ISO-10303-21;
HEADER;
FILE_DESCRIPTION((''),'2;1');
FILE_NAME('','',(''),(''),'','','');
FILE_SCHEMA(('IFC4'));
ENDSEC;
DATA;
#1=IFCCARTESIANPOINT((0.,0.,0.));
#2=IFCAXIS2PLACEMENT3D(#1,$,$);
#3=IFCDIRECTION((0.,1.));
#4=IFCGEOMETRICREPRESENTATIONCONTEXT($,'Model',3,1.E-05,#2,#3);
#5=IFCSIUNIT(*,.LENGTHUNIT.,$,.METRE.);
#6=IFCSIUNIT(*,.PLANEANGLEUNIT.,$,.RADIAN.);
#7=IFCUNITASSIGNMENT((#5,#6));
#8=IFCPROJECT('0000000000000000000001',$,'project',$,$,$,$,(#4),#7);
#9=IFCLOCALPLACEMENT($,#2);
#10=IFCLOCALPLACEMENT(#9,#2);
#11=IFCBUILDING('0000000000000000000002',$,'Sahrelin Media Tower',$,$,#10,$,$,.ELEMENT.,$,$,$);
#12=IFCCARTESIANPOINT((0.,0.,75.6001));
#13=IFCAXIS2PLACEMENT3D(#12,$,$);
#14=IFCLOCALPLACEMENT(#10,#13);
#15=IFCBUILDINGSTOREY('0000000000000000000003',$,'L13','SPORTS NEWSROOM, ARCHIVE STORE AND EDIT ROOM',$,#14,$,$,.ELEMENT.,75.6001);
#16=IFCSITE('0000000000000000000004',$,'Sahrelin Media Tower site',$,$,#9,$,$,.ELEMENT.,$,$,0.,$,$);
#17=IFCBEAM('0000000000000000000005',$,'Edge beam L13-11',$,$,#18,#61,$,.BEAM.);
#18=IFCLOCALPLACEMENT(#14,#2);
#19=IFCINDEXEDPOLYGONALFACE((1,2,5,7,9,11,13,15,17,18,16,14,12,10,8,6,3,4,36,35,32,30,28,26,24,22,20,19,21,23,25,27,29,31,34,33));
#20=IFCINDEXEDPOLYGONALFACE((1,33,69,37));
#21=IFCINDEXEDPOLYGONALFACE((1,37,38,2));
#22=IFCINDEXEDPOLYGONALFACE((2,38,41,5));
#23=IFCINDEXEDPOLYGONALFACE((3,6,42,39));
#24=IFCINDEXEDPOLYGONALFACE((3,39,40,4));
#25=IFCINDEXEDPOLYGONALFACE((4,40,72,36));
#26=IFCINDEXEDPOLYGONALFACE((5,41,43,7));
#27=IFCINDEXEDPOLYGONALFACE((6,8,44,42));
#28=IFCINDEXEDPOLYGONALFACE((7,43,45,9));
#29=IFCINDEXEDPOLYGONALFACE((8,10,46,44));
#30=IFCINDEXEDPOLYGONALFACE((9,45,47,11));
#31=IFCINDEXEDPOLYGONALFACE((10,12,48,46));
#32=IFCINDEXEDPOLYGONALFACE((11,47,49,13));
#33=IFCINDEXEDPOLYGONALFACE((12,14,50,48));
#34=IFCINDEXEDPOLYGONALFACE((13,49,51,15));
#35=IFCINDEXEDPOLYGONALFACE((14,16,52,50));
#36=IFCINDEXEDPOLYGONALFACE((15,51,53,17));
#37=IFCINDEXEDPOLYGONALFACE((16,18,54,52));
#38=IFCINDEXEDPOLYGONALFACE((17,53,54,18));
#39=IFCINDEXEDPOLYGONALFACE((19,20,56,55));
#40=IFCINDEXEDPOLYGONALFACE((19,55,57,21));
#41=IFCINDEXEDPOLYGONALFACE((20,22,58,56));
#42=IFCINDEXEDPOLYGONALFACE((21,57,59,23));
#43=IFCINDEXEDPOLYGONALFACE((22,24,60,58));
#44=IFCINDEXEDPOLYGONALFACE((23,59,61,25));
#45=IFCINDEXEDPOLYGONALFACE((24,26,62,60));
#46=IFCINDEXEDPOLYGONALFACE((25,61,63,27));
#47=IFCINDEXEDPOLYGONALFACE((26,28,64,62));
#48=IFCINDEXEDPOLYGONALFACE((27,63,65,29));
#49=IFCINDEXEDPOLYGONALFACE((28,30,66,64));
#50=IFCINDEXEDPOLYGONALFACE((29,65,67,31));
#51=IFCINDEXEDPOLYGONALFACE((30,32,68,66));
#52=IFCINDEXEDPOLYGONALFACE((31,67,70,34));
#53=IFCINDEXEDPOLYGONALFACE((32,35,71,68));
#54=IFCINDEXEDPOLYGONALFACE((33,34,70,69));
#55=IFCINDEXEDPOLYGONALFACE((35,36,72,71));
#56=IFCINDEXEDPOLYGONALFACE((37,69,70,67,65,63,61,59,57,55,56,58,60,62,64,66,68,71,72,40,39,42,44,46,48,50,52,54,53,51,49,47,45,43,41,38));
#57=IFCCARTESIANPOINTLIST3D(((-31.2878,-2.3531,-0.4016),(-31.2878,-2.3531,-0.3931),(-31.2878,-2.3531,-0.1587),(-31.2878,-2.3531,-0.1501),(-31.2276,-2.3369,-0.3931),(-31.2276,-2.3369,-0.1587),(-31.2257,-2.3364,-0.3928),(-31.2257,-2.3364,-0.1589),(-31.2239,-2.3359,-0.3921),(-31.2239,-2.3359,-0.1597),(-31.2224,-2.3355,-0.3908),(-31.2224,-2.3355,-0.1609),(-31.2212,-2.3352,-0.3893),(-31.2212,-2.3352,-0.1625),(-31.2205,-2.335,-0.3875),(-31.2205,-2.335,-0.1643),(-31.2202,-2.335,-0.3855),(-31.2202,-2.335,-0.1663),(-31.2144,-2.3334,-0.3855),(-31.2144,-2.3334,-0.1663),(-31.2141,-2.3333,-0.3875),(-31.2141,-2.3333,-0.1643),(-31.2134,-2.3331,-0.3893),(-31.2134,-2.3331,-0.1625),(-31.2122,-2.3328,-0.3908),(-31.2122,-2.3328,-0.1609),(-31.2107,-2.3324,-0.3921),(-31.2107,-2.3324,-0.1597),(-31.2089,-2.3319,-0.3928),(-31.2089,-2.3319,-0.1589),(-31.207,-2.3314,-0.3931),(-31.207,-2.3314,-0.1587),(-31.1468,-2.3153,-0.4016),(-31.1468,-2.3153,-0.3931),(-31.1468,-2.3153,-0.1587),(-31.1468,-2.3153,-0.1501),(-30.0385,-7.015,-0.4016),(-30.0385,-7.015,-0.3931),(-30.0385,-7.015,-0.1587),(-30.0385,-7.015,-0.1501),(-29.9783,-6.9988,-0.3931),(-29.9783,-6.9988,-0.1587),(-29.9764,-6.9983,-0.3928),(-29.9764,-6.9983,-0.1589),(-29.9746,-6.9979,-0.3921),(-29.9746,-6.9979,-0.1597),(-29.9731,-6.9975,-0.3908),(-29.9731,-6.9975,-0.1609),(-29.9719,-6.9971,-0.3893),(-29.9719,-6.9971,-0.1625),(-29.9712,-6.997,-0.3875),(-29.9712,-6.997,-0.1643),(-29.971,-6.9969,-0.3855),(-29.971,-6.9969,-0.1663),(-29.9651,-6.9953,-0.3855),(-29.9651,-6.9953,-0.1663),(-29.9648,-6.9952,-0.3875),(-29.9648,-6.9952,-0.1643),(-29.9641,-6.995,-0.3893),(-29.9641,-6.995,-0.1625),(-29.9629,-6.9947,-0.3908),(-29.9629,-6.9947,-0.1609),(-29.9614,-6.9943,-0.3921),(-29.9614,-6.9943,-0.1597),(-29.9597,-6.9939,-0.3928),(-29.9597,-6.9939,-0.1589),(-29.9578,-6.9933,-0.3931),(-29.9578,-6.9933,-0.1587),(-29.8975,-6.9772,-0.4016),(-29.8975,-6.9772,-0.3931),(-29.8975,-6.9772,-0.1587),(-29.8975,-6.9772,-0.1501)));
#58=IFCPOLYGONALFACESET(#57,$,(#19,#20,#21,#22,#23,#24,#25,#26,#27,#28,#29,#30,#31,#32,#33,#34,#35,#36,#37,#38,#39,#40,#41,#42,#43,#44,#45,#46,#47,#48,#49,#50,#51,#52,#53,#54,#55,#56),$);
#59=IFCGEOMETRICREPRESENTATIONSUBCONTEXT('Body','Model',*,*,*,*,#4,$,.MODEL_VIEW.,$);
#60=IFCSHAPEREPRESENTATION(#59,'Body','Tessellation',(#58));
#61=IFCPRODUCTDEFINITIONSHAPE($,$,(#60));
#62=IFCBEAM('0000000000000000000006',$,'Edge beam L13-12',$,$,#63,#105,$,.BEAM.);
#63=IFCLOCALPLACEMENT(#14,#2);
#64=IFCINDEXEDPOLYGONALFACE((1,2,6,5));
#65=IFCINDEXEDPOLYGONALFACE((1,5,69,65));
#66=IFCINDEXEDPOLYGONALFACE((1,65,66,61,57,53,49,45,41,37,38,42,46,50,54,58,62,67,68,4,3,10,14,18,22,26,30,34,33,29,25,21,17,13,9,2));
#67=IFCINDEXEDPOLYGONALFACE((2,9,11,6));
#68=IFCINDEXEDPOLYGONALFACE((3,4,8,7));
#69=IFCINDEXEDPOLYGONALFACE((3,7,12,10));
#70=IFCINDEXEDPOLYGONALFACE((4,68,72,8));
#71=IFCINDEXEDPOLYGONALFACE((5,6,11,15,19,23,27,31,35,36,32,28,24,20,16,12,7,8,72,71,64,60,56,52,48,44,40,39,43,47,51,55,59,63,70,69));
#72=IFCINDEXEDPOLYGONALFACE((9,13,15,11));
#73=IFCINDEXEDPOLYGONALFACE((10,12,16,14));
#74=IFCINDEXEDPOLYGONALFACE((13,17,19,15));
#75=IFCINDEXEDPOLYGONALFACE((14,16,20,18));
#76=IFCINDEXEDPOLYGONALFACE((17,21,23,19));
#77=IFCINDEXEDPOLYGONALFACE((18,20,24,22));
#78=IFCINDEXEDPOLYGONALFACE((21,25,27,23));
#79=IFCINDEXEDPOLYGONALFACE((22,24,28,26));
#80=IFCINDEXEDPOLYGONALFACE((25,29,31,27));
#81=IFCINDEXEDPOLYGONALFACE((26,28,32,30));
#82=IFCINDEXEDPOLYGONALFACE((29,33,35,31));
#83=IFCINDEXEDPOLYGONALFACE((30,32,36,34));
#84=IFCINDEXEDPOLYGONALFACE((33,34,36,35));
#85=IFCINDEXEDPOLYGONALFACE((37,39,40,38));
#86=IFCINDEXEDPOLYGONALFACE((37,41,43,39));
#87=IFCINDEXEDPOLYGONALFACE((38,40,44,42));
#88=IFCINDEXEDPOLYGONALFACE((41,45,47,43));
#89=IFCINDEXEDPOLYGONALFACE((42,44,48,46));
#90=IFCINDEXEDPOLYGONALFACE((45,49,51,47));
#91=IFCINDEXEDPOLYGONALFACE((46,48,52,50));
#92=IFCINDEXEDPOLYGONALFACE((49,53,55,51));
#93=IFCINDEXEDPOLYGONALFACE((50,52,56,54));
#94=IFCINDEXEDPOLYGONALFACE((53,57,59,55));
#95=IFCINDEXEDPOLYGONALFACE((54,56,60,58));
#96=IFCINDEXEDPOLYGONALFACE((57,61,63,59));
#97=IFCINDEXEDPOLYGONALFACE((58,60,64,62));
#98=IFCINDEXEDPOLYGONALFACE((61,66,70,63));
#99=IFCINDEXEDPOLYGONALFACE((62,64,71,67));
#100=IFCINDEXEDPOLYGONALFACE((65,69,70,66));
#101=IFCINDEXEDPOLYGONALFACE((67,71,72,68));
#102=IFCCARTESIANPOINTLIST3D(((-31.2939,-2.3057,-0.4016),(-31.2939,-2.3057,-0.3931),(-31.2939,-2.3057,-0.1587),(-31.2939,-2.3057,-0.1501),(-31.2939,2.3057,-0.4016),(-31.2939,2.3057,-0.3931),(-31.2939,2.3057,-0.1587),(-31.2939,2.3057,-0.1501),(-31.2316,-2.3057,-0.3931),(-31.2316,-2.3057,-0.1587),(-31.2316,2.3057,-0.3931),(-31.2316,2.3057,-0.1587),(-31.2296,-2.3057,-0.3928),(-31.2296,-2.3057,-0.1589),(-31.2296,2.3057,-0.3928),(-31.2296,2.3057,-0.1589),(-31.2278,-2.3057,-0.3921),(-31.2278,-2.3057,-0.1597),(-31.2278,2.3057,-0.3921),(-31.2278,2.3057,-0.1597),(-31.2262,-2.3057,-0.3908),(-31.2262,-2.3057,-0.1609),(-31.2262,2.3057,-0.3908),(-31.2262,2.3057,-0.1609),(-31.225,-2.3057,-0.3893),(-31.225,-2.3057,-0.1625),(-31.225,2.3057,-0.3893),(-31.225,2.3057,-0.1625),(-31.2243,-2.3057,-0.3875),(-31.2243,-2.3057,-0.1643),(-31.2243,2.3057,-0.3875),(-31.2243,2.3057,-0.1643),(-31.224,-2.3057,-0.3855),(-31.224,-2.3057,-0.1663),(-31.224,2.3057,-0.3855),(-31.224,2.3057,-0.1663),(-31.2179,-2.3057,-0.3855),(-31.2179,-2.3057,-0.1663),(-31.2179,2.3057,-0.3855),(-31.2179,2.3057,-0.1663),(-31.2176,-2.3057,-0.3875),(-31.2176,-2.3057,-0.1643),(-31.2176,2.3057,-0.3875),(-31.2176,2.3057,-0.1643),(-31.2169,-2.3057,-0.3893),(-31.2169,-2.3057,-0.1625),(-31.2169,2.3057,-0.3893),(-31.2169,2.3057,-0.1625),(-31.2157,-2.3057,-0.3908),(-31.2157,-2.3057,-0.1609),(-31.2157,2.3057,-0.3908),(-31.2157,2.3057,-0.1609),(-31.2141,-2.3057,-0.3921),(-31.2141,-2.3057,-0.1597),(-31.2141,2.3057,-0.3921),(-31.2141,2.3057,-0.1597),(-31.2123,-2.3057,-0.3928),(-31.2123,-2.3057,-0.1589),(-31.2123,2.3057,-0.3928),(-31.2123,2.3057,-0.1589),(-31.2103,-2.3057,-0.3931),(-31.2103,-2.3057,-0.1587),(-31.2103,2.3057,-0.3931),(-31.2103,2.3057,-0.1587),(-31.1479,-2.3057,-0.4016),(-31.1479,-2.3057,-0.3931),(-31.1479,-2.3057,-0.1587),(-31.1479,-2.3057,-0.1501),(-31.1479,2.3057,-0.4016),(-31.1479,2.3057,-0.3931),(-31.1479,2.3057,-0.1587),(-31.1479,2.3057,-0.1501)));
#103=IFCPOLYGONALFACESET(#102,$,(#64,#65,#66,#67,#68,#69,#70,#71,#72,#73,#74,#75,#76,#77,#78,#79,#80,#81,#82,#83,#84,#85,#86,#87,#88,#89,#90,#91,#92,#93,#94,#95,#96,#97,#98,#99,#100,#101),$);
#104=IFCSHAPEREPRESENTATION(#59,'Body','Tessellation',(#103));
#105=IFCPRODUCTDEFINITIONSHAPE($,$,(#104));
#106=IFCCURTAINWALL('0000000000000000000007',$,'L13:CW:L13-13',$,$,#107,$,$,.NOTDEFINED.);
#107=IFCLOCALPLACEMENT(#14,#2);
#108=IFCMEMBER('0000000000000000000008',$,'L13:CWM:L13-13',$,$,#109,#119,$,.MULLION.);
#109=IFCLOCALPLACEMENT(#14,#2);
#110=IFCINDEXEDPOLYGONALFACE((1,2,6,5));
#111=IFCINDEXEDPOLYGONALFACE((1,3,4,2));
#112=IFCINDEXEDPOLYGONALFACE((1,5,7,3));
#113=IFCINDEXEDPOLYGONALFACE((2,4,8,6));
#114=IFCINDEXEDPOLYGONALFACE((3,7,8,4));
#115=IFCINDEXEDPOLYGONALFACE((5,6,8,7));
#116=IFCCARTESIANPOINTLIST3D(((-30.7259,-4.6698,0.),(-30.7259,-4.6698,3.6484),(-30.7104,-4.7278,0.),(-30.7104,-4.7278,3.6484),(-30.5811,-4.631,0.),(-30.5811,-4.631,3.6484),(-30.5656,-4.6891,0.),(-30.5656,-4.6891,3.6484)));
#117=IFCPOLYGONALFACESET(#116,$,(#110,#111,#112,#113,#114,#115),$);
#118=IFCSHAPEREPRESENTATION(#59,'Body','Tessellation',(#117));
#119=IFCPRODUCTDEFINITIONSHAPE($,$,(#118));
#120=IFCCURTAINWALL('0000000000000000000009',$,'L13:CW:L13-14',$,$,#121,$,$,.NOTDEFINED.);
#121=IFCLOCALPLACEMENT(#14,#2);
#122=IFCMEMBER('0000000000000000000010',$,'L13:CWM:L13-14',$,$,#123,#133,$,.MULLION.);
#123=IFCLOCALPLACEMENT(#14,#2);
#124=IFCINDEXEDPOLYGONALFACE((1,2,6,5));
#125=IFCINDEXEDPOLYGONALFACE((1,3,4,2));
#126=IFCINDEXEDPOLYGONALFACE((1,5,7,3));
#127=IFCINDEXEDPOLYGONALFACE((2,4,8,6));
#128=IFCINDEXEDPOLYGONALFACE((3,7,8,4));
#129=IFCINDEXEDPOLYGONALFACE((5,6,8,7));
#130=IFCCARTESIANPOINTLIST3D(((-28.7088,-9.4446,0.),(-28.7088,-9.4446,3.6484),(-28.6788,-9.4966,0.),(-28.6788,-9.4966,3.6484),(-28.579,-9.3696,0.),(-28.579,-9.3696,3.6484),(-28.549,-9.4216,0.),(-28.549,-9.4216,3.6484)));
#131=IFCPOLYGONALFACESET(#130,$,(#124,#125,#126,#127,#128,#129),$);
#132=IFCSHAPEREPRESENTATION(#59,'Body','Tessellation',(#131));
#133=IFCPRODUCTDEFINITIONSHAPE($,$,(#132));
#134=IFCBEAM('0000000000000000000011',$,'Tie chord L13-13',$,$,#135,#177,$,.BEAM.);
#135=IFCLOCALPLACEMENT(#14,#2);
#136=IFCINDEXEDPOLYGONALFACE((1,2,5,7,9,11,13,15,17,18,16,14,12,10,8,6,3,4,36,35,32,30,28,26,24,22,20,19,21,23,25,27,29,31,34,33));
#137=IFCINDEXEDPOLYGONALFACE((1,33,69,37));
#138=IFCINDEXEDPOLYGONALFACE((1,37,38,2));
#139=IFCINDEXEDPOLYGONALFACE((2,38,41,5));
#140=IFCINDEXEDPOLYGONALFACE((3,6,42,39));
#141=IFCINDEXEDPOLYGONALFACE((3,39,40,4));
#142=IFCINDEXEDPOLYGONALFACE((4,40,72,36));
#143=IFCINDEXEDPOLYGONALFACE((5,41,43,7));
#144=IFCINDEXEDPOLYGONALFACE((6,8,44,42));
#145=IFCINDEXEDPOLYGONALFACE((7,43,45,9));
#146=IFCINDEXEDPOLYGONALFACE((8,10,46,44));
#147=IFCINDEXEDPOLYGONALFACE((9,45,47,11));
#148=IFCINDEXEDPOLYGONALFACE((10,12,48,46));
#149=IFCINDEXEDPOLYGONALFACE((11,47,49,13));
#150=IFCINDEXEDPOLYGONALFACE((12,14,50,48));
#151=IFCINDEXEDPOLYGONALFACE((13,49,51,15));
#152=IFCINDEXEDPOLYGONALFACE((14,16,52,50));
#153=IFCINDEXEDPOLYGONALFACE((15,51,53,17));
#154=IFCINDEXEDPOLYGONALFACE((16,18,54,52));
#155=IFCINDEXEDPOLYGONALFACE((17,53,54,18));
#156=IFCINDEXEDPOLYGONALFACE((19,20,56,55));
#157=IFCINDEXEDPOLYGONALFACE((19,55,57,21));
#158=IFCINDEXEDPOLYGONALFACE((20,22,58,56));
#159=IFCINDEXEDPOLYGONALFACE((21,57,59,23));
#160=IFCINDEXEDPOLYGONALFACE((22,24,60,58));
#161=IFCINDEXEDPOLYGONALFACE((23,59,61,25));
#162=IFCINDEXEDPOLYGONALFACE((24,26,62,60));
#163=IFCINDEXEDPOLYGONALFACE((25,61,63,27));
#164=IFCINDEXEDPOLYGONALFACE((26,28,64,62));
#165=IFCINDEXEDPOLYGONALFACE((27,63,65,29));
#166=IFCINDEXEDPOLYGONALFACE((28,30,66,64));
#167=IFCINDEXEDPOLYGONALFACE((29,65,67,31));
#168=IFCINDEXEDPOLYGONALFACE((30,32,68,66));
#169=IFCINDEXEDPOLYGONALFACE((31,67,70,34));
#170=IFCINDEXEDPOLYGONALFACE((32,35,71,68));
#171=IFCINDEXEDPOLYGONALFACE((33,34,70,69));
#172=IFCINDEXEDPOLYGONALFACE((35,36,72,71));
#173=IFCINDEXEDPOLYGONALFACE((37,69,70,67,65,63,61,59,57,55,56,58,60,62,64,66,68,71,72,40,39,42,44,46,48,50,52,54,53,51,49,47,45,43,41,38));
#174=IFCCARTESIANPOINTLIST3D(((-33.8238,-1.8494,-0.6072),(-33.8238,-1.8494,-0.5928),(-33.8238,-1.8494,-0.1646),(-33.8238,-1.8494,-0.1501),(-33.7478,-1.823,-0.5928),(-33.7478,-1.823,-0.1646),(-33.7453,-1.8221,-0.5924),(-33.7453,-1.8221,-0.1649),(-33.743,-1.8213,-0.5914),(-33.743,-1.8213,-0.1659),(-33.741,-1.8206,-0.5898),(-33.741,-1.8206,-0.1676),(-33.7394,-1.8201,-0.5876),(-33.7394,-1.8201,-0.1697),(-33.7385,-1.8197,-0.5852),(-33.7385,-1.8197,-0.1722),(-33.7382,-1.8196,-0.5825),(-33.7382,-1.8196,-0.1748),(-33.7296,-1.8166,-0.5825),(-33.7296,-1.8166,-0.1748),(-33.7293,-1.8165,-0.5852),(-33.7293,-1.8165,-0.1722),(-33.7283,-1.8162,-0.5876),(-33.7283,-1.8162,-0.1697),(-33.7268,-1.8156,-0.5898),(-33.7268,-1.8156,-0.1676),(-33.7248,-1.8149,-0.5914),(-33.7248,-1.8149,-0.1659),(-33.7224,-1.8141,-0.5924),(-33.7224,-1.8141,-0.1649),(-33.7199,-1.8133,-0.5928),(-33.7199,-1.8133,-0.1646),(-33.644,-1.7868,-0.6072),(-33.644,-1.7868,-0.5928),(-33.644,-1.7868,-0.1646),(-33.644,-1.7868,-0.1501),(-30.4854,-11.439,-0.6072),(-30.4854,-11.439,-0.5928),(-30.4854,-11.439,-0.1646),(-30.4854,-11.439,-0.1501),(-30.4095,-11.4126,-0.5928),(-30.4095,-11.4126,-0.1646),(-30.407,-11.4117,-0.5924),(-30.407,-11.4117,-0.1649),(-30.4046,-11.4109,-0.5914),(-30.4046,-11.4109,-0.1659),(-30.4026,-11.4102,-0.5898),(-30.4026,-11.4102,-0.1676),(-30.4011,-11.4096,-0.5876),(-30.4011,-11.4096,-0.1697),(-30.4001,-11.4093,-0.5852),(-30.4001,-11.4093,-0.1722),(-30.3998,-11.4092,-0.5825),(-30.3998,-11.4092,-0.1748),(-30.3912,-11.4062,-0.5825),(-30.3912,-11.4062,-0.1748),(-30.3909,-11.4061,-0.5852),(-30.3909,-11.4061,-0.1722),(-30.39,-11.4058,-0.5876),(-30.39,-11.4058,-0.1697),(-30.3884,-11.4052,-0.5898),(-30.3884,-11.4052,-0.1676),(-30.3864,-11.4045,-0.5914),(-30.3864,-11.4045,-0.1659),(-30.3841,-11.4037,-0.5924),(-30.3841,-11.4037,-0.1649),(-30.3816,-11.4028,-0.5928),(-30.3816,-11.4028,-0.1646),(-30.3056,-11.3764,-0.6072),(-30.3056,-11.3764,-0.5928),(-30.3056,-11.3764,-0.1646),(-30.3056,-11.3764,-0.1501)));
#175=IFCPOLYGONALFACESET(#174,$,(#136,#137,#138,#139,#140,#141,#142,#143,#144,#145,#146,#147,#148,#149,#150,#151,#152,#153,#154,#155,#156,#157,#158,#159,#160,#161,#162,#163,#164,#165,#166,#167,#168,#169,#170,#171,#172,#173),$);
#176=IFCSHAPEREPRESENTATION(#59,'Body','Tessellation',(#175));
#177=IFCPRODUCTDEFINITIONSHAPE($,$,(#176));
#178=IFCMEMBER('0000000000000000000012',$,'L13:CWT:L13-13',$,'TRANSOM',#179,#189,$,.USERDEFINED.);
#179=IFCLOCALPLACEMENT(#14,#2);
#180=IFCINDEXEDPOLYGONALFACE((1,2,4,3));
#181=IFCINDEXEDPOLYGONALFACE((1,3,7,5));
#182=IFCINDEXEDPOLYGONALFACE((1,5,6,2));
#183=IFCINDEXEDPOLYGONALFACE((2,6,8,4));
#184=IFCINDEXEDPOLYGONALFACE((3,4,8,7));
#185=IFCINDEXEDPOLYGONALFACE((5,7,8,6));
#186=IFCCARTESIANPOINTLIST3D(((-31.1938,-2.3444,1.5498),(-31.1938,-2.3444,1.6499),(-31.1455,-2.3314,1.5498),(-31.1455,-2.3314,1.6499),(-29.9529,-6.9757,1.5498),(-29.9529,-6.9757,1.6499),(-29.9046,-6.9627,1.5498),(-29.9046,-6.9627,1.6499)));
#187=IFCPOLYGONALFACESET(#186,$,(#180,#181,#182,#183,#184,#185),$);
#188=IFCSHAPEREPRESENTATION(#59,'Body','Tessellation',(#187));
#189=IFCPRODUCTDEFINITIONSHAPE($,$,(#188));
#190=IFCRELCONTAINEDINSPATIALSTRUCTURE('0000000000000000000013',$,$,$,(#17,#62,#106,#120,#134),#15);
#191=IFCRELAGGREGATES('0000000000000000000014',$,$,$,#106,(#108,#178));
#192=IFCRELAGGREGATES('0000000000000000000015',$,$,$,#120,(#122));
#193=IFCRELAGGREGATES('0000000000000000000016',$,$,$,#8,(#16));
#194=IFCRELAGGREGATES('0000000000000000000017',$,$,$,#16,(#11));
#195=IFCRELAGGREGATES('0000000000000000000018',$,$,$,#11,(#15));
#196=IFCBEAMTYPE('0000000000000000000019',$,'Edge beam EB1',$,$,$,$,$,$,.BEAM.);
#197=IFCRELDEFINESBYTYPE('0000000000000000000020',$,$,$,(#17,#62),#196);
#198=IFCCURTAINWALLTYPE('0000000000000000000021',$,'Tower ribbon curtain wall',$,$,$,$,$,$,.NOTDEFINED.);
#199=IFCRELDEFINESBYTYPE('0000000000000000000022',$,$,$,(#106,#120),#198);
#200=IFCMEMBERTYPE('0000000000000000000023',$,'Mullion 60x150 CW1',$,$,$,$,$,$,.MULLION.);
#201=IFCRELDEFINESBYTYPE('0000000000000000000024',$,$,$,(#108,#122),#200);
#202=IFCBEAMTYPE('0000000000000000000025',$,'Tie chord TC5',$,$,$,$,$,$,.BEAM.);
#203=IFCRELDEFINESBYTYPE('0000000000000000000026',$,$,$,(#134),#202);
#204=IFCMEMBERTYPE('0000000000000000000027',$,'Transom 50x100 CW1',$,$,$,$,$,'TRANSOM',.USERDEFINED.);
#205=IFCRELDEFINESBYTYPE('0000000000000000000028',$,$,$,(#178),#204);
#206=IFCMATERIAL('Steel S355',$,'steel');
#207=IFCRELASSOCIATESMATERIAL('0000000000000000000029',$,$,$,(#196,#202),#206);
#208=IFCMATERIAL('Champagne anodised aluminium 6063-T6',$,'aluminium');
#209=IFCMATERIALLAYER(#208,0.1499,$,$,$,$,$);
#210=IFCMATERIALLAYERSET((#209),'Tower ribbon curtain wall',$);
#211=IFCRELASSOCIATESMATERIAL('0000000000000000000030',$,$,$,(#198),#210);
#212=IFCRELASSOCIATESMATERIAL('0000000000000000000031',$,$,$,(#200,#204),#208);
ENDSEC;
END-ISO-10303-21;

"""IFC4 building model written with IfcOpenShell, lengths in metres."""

from ifc_helpers import new_model, si_unit, direction, frame, origin, origin_2d, place, context, subcontext, project, spatial, rectangle, i_section, extrude, material, layer, layer_set, material_profile, profile_set, type_object, element, aggregate, save


model = new_model("IFC4")

# Units and contexts
model_context = context("Model", 3, precision=1e-05, world=origin(), true_north=direction((0.0, 1.0)))
body_context = subcontext(model_context, "Body", "Model", "MODEL_VIEW")
ifc_project = project(units=[si_unit("LENGTHUNIT", "METRE"), si_unit("PLANEANGLEUNIT", "RADIAN")], contexts=[model_context])

# Site, building, storey
site_placement = place(None, origin())
site = spatial("IfcSite", under=ifc_project, at=site_placement, Name="Sahrelin Media Tower site", CompositionType="ELEMENT", RefElevation=0.0)
building_placement = place(site_placement, origin())
building = spatial("IfcBuilding", under=site, at=building_placement, Name="Sahrelin Media Tower", CompositionType="ELEMENT")
storey_placement = place(building_placement, frame((0.0, 0.0, 75.6001)))
storey = spatial("IfcBuildingStorey", under=building, at=storey_placement, Name="L13", Description="SPORTS NEWSROOM, ARCHIVE STORE AND EDIT ROOM", CompositionType="ELEMENT", Elevation=75.6001)

# Beams
ifc_material_1 = material(Name="Steel S355", Category="steel")
ifc_material_profile_1 = material_profile(ifc_material_1, i_section(OverallWidth=0.146, OverallDepth=0.2515, WebThickness=0.0061, FlangeThickness=0.0085, FilletRadius=0.0076, at=origin_2d()), Name="UB 254x146x31")
ifc_profile_set_1 = profile_set([ifc_material_profile_1], Name="Steel S355")
beam_type_1 = type_object("IfcBeamType", Name="Edge beam EB1", PredefinedType="BEAM", material=ifc_profile_set_1)
beam_1_placement = place(storey_placement, frame((-29.968, -6.9961, -0.2759), z_axis=(-0.258843, 0.965919, 0.0), x_axis=(-0.965919, -0.258843, 0.0)))
element("IfcBeam", 1, at=beam_1_placement, inside=storey, type_object=beam_type_1, Name="Edge beam L13-11", PredefinedType="BEAM", context=body_context, shape_type="SweptSolid", body=[
    extrude(i_section(OverallWidth=0.146, OverallDepth=0.2515, WebThickness=0.0061, FlangeThickness=0.0085, FilletRadius=0.0076, at=origin_2d()), origin(), (0.0, 0.0, 1.0), 4.8264),
])
beam_2_placement = place(storey_placement, frame((-31.2209, -2.3057, -0.2759), z_axis=(0.0, 1.0, 0.0), x_axis=(-1.0, 0.0, 0.0)))
element("IfcBeam", 2, at=beam_2_placement, inside=storey, type_object=beam_type_1, Name="Edge beam L13-12", PredefinedType="BEAM", context=body_context, shape_type="SweptSolid", body=[
    extrude(i_section(OverallWidth=0.146, OverallDepth=0.2515, WebThickness=0.0061, FlangeThickness=0.0085, FilletRadius=0.0076, at=origin_2d()), origin(), (0.0, 0.0, 1.0), 4.6113),
])

# Curtain walls, members
ifc_material_2 = material(Name="Champagne anodised aluminium 6063-T6", Category="aluminium")
ifc_layer_1 = layer(ifc_material_2, 0.1499)
ifc_layer_set_1 = layer_set([ifc_layer_1], Name="Tower ribbon curtain wall")
curtain_wall_type = type_object("IfcCurtainWallType", Name="Tower ribbon curtain wall", PredefinedType="NOTDEFINED", material=ifc_layer_set_1)
curtain_wall_1_placement = place(storey_placement, frame((-30.7375, -4.7041, 0.0), z_axis=(0.0, 0.0, 1.0), x_axis=(1.0, 0.0, 0.0)))
curtain_wall_1 = element("IfcCurtainWall", 3, at=curtain_wall_1_placement, inside=storey, type_object=curtain_wall_type, Name="L13:CW:L13-13", PredefinedType="NOTDEFINED")
ifc_material_profile_2 = material_profile(ifc_material_2, rectangle(XDim=0.0601, YDim=0.1499, at=origin_2d()), Name="Mullion 60x150")
ifc_profile_set_2 = profile_set([ifc_material_profile_2], Name="Champagne anodised aluminium 6063-T6")
member_type_1 = type_object("IfcMemberType", Name="Mullion 60x150 CW1", PredefinedType="MULLION", material=ifc_profile_set_2)
member_1_placement = place(storey_placement, frame((-30.6458, -4.6794, 0.0), z_axis=(0.0, 0.0, 1.0), x_axis=(0.258821, -0.965925, 0.0)))
member_1 = element("IfcMember", 4, at=member_1_placement, type_object=member_type_1, Name="L13:CWM:L13-13", PredefinedType="MULLION", context=body_context, shape_type="SweptSolid", body=[
    extrude(rectangle(XDim=0.0601, YDim=0.1499, at=origin_2d()), origin(), (0.0, 0.0, 1.0), 3.6484),
])
curtain_wall_2_placement = place(storey_placement, frame((-28.7112, -9.4805, 0.0), z_axis=(0.0, 0.0, 1.0), x_axis=(1.0, 0.0, 0.0)))
curtain_wall_2 = element("IfcCurtainWall", 5, at=curtain_wall_2_placement, inside=storey, type_object=curtain_wall_type, Name="L13:CW:L13-14", PredefinedType="NOTDEFINED")
member_2_placement = place(storey_placement, frame((-28.6289, -9.4331, 0.0), z_axis=(0.0, 0.0, 1.0), x_axis=(0.5, -0.866025, 0.0)))
member_2 = element("IfcMember", 6, at=member_2_placement, type_object=member_type_1, Name="L13:CWM:L13-14", PredefinedType="MULLION", context=body_context, shape_type="SweptSolid", body=[
    extrude(rectangle(XDim=0.0601, YDim=0.1499, at=origin_2d()), origin(), (0.0, 0.0, 1.0), 3.6484),
])

# Beam
ifc_material_profile_3 = material_profile(ifc_material_1, i_section(OverallWidth=0.1904, OverallDepth=0.457, WebThickness=0.009, FlangeThickness=0.0144, FilletRadius=0.0103, at=origin_2d()), Name="UB 457x191x74")
ifc_profile_set_3 = profile_set([ifc_material_profile_3], Name="Steel S355")
beam_type_2 = type_object("IfcBeamType", Name="Tie chord TC5", PredefinedType="BEAM", material=ifc_profile_set_3)
beam_3_placement = place(storey_placement, frame((-33.7339, -1.8181, -0.3787), z_axis=(0.328772, -0.944409, 0.0), x_axis=(0.944409, 0.328772, 0.0)))
element("IfcBeam", 7, at=beam_3_placement, inside=storey, type_object=beam_type_2, Name="Tie chord L13-13", PredefinedType="BEAM", context=body_context, shape_type="SweptSolid", body=[
    extrude(i_section(OverallWidth=0.1904, OverallDepth=0.457, WebThickness=0.009, FlangeThickness=0.0144, FilletRadius=0.0103, at=origin_2d()), origin(), (0.0, 0.0, 1.0), 10.1541),
])

# Member
ifc_material_profile_4 = material_profile(ifc_material_2, rectangle(XDim=0.05, YDim=0.1001, at=origin_2d()), Name="Transom 50x100")
ifc_profile_set_4 = profile_set([ifc_material_profile_4], Name="Champagne anodised aluminium 6063-T6")
member_type_2 = type_object("IfcMemberType", Name="Transom 50x100 CW1", ElementType="TRANSOM", PredefinedType="USERDEFINED", material=ifc_profile_set_4)
member_3_placement = place(storey_placement, frame((-31.1697, -2.3379, 1.5999), z_axis=(0.258819, -0.965926, 0.0), x_axis=(0.965926, 0.258819, 0.0)))
member_3 = element("IfcMember", 8, at=member_3_placement, type_object=member_type_2, Name="L13:CWT:L13-13", ObjectType="TRANSOM", PredefinedType="USERDEFINED", context=body_context, shape_type="SweptSolid", body=[
    extrude(rectangle(XDim=0.05, YDim=0.1001, at=origin_2d()), origin(), (0.0, 0.0, 1.0), 4.7947),
])

aggregate(curtain_wall_1, [member_1, member_3])
aggregate(curtain_wall_2, [member_2])

save(model, "model.ifc")
